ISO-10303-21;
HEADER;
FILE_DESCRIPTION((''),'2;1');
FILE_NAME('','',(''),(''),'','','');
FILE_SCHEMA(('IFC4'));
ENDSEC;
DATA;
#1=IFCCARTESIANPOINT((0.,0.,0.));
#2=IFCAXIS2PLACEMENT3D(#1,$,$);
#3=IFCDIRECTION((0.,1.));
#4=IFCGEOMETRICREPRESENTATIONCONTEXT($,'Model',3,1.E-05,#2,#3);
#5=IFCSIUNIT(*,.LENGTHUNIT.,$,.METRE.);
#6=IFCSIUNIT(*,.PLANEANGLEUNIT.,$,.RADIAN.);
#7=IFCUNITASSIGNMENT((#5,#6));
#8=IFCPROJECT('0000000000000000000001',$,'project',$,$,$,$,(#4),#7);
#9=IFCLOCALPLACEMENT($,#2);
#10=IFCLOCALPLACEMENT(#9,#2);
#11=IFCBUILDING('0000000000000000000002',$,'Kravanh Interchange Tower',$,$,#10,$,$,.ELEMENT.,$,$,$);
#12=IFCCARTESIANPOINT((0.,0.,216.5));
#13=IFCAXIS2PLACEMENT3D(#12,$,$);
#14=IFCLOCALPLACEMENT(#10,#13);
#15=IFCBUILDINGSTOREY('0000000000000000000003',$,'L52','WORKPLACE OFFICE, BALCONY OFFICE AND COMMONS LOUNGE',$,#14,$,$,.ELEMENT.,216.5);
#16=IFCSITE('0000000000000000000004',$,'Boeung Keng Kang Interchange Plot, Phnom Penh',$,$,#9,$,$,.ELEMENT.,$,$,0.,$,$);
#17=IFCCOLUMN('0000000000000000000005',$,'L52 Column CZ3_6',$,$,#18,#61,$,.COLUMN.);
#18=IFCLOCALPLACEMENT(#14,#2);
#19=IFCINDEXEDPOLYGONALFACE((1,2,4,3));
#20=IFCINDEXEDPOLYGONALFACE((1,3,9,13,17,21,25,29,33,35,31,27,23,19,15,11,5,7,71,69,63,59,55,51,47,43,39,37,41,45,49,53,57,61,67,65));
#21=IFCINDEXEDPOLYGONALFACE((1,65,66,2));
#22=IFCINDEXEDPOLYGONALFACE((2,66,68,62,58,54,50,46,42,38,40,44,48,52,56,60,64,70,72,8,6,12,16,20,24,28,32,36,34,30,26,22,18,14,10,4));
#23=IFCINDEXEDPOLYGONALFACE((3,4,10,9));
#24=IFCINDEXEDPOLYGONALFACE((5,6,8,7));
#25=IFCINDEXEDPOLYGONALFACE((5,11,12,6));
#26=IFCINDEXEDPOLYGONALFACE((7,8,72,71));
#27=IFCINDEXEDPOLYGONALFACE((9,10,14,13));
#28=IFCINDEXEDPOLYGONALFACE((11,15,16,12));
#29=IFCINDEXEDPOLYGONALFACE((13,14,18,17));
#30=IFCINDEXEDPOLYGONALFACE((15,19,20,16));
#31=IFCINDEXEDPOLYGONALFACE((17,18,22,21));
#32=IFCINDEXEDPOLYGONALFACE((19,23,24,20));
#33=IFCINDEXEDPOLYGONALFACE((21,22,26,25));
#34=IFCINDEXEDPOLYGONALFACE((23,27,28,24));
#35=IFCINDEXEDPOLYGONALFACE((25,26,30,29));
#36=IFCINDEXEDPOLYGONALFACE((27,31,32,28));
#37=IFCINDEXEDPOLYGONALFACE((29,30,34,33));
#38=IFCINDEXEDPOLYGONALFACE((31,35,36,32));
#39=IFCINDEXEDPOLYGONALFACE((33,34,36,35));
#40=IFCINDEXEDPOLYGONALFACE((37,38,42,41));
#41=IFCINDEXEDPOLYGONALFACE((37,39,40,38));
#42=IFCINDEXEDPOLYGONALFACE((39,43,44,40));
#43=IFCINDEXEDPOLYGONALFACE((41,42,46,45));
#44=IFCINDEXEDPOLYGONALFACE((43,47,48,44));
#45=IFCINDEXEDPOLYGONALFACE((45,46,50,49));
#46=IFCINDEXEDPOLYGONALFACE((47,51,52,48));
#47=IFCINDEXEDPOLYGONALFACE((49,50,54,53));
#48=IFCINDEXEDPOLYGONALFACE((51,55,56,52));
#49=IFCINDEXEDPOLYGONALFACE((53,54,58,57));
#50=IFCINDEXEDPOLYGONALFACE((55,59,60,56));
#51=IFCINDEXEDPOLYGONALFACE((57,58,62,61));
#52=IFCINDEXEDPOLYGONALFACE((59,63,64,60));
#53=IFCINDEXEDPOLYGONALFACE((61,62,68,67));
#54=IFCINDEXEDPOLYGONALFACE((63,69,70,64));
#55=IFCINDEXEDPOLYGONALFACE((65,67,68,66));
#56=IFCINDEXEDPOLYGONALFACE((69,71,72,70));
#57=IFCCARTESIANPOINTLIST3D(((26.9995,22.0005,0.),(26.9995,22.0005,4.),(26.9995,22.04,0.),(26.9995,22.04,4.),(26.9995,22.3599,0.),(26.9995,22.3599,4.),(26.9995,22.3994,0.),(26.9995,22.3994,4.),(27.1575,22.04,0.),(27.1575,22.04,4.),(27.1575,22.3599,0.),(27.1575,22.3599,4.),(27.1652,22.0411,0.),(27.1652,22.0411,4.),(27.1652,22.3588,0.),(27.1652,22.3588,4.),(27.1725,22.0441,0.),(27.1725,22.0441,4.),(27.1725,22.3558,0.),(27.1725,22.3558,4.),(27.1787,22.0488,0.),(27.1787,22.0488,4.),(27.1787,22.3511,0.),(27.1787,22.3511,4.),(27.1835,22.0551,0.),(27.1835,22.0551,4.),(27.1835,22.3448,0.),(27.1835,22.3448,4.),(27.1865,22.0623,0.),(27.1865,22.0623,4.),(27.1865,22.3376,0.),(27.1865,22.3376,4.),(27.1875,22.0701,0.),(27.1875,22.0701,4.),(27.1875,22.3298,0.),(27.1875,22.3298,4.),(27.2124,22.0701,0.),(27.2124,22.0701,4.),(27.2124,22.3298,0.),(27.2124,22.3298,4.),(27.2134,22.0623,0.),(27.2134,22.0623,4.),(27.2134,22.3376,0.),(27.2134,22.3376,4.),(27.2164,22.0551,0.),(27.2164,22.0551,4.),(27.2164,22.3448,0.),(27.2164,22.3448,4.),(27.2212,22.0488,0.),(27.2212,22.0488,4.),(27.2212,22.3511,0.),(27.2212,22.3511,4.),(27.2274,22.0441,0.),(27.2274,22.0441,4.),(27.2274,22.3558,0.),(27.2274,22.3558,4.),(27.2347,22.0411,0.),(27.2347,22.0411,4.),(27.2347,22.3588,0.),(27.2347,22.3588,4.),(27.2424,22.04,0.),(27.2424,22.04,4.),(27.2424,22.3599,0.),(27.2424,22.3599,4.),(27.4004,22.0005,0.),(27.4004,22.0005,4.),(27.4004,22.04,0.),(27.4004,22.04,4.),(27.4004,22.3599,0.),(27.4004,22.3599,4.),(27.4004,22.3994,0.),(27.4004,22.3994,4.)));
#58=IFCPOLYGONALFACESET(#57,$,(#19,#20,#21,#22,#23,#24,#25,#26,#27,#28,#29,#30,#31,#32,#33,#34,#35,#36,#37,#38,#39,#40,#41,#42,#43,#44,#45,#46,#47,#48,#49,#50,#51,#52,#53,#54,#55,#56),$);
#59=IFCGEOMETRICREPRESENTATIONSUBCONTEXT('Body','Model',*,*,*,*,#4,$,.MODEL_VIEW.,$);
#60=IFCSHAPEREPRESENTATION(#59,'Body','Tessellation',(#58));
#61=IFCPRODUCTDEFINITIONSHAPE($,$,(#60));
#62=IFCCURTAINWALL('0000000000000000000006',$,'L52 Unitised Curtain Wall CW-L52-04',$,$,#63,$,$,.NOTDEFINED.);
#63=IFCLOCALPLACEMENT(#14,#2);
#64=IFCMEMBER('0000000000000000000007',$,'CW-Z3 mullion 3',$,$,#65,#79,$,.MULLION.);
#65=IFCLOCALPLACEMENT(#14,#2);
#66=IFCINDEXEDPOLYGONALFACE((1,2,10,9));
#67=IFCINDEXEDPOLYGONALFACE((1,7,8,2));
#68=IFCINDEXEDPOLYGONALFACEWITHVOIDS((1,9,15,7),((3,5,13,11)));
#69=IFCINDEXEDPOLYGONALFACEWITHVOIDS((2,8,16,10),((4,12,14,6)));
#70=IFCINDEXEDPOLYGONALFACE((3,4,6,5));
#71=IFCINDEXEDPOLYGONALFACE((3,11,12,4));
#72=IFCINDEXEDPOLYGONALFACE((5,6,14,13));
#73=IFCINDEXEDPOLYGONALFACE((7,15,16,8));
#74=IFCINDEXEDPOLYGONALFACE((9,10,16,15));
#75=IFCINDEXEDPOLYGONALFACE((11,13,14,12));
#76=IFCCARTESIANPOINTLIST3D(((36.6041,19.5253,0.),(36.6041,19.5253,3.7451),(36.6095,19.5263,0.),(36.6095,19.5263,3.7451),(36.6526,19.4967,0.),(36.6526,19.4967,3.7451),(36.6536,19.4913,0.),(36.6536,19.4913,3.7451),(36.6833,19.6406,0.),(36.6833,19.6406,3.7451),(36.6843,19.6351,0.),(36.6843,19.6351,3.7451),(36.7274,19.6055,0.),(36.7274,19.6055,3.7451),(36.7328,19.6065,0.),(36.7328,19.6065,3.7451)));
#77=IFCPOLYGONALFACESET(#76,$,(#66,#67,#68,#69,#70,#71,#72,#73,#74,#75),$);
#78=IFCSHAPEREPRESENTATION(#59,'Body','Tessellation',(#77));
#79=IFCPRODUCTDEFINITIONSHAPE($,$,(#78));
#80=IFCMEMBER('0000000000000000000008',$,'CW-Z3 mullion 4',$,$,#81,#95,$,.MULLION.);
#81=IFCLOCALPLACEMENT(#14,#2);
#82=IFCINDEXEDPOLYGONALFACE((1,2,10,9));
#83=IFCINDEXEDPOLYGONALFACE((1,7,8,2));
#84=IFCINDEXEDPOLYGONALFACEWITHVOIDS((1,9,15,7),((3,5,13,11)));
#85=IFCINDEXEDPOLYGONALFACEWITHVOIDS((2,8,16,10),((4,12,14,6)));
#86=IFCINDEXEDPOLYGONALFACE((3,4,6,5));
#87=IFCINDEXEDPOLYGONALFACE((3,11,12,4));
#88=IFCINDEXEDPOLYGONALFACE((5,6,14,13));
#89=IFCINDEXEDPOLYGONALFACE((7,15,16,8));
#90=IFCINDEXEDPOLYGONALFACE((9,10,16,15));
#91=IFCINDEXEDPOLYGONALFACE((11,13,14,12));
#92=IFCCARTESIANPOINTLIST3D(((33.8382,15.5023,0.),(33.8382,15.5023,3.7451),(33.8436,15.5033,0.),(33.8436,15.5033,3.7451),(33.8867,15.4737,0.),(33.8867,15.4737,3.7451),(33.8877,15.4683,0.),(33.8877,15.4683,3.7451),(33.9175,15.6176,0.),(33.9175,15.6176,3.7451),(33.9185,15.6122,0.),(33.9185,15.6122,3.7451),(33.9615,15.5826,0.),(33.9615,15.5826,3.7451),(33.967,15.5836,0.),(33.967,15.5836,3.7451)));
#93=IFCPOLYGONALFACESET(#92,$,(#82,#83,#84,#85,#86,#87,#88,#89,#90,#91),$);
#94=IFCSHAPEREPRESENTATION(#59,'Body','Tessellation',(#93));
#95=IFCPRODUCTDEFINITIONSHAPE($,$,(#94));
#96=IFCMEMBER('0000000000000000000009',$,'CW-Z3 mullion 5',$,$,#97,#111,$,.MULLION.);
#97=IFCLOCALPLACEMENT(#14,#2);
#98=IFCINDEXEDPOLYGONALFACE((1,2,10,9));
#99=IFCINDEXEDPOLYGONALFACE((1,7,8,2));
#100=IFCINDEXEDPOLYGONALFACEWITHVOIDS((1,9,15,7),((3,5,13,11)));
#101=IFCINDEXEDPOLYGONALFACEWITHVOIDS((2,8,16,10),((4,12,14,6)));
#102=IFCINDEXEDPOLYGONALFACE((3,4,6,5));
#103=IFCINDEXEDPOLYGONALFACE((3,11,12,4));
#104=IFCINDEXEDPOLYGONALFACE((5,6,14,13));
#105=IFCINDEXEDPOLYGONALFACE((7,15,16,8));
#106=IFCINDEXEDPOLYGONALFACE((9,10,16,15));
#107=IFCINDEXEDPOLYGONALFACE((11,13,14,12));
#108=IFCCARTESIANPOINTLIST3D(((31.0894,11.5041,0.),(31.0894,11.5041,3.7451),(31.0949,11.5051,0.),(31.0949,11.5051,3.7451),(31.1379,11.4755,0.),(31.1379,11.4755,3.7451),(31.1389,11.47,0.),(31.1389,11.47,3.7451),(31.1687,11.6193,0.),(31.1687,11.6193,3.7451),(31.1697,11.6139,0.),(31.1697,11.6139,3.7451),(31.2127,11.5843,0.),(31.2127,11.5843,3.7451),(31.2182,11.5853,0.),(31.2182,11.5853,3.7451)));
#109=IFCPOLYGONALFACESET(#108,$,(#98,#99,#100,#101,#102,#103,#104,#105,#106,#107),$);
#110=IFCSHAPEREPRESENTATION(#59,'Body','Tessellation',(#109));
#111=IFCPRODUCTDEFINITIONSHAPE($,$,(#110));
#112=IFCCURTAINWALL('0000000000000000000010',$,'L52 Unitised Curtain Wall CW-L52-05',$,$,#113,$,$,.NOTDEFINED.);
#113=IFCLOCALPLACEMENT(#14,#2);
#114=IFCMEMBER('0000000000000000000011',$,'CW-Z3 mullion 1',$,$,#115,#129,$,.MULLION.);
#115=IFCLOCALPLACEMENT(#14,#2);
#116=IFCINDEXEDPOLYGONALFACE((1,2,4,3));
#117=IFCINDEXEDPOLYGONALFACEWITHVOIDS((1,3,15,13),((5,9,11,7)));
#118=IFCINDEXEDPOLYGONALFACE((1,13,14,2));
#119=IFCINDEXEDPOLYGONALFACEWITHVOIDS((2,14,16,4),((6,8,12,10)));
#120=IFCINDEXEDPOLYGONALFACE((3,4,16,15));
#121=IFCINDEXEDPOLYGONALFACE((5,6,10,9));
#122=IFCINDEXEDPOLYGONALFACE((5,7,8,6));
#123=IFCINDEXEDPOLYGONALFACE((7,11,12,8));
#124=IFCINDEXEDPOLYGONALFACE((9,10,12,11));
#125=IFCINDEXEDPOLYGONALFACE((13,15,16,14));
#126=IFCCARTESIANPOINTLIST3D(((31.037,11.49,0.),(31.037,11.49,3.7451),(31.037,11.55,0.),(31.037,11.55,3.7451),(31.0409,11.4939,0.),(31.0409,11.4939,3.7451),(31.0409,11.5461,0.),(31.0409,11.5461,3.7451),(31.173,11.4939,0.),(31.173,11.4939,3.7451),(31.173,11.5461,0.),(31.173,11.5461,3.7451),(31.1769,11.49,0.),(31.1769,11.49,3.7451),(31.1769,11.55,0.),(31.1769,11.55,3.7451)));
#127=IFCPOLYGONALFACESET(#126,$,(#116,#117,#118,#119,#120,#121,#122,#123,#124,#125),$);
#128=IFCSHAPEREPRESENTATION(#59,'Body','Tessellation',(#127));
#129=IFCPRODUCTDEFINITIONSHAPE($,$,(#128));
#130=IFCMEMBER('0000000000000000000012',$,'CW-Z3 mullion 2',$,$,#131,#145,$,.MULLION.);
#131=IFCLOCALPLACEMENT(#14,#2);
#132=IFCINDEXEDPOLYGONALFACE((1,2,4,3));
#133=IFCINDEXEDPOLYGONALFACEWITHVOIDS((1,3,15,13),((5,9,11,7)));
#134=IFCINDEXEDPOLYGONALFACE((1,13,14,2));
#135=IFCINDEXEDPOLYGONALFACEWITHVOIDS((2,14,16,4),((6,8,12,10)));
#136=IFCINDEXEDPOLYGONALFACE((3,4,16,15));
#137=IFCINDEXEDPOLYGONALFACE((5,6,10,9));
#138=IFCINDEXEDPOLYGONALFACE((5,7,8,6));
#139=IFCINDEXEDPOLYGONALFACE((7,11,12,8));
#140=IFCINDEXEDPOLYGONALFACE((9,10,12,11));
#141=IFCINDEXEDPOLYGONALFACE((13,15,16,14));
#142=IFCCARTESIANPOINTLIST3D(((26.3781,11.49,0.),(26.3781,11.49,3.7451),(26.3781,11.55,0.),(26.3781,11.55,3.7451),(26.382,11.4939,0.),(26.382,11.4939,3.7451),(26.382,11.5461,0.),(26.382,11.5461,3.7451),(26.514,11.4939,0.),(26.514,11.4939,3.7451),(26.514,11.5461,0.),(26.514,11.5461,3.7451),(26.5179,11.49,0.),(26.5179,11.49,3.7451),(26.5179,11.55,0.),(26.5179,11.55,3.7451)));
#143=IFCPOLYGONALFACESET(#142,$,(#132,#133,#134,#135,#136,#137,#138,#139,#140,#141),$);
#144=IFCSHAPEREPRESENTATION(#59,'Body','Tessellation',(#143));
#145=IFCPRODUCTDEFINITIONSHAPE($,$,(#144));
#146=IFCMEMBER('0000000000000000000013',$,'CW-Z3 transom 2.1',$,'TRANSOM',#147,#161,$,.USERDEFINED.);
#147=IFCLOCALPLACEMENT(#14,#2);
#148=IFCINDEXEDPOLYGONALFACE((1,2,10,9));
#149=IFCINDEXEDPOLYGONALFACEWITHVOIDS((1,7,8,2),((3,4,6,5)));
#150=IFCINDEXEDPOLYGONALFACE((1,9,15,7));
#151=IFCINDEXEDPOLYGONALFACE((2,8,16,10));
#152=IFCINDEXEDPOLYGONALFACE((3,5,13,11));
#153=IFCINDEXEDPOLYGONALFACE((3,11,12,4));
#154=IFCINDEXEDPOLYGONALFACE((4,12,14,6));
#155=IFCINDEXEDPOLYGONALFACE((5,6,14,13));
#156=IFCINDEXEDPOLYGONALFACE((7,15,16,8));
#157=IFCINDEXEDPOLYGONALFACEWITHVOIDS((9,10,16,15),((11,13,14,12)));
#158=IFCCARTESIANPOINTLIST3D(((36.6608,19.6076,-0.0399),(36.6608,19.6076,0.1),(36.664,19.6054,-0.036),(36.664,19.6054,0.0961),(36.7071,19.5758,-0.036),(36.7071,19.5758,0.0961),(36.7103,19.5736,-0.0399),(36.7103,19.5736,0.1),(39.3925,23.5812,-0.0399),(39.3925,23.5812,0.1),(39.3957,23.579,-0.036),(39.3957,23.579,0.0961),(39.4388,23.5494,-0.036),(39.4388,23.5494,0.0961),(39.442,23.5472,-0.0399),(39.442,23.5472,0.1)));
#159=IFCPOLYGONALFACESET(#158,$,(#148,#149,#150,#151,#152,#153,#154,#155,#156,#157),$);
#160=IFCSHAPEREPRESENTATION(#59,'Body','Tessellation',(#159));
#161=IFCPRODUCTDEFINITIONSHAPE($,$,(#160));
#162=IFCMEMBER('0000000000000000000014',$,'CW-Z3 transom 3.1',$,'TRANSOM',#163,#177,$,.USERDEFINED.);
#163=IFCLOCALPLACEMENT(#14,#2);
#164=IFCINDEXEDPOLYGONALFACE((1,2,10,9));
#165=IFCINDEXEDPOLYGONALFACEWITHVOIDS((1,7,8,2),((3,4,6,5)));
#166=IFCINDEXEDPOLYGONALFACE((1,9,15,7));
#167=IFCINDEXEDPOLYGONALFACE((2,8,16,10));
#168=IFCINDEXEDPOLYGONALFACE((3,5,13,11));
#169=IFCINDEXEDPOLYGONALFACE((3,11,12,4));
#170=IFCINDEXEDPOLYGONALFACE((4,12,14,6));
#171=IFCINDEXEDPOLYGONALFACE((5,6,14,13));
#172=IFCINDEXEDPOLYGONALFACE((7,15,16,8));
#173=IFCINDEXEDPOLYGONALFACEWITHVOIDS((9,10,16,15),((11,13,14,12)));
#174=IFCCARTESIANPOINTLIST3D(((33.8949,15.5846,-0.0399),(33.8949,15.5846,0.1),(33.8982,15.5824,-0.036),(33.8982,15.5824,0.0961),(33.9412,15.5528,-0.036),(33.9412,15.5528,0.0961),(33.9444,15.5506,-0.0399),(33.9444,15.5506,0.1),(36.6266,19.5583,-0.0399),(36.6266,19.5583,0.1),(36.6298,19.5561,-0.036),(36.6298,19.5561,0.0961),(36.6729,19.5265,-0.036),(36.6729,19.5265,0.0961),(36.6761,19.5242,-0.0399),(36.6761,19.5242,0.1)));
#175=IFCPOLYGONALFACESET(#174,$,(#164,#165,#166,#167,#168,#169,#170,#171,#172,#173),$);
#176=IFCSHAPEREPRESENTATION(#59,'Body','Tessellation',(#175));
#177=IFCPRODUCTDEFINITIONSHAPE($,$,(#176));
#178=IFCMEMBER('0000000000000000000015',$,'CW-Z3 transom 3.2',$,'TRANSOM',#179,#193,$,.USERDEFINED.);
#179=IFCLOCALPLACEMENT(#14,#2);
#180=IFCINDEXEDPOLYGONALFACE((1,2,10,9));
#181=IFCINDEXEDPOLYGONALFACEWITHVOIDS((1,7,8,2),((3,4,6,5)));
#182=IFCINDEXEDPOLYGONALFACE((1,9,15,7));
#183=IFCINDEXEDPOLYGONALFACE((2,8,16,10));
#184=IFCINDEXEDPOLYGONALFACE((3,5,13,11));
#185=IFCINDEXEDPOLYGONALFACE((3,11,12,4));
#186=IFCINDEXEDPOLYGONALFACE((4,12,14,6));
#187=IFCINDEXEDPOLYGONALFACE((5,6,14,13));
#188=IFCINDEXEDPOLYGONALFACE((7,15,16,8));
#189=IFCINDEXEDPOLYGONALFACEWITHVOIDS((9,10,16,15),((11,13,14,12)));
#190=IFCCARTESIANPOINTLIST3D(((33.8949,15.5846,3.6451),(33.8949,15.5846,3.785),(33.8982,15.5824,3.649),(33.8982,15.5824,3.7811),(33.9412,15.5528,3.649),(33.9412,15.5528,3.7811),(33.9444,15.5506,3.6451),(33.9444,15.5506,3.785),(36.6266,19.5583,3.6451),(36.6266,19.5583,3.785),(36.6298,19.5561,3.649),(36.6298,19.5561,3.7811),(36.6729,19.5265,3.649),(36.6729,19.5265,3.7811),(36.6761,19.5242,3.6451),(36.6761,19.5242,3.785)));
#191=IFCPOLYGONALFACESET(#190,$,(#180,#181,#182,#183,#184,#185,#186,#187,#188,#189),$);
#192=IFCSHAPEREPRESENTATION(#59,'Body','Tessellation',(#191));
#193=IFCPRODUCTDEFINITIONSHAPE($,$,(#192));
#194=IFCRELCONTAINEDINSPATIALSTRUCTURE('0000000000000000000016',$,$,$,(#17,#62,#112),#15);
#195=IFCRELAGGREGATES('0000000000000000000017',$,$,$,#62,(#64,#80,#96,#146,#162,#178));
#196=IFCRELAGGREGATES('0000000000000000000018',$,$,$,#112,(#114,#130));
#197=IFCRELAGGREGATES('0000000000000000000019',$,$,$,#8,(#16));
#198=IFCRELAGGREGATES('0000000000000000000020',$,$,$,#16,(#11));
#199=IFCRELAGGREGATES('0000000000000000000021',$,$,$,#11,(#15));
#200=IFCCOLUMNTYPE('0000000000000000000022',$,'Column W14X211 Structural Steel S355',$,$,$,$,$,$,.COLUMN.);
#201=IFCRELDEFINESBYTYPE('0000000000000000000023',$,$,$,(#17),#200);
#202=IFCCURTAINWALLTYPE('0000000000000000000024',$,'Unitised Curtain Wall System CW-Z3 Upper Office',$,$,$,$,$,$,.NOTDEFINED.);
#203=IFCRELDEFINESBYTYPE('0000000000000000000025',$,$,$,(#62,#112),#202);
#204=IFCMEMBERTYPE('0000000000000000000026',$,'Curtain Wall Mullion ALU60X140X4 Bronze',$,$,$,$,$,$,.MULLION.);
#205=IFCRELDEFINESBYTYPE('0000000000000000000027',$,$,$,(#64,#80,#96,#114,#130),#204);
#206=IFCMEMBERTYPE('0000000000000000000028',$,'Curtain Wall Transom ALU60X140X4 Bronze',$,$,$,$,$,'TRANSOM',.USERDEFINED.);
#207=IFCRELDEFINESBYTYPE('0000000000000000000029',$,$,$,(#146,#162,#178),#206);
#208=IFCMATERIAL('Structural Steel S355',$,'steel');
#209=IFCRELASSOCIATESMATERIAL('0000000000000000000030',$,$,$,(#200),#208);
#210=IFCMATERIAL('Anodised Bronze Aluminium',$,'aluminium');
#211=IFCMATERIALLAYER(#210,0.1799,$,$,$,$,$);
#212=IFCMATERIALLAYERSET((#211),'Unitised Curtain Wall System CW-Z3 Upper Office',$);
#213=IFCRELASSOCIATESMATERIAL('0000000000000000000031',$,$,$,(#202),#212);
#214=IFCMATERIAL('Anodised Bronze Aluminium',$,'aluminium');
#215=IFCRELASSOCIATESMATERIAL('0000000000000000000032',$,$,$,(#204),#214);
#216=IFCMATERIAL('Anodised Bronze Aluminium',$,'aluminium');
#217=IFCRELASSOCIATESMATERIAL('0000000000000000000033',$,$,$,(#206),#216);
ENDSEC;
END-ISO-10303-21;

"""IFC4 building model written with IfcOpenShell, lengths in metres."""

from ifc_helpers import new_model, si_unit, direction, frame, origin, origin_2d, place, context, subcontext, project, spatial, hollow_rectangle, i_section, extrude, material, layer, layer_set, material_profile, profile_set, type_object, element, aggregate, save


model = new_model("IFC4")

# Units and contexts
model_context = context("Model", 3, precision=1e-05, world=origin(), true_north=direction((0.0, 1.0)))
body_context = subcontext(model_context, "Body", "Model", "MODEL_VIEW")
ifc_project = project(units=[si_unit("LENGTHUNIT", "METRE"), si_unit("PLANEANGLEUNIT", "RADIAN")], contexts=[model_context])

# Site, building, storey
site_placement = place(None, origin())
site = spatial("IfcSite", under=ifc_project, at=site_placement, Name="Boeung Keng Kang Interchange Plot, Phnom Penh", CompositionType="ELEMENT", RefElevation=0.0)
building_placement = place(site_placement, origin())
building = spatial("IfcBuilding", under=site, at=building_placement, Name="Kravanh Interchange Tower", CompositionType="ELEMENT")
storey_placement = place(building_placement, frame((0.0, 0.0, 216.5)))
storey = spatial("IfcBuildingStorey", under=building, at=storey_placement, Name="L52", Description="WORKPLACE OFFICE, BALCONY OFFICE AND COMMONS LOUNGE", CompositionType="ELEMENT", Elevation=216.5)

# Column
ifc_material_1 = material(Name="Structural Steel S355", Category="steel")
ifc_material_profile_1 = material_profile(ifc_material_1, i_section(OverallWidth=0.4009, OverallDepth=0.3989, WebThickness=0.0249, FlangeThickness=0.0396, FilletRadius=0.03, at=origin_2d()), Name="W14X211")
ifc_profile_set_1 = profile_set([ifc_material_profile_1], Name="Structural Steel S355")
column_type = type_object("IfcColumnType", Name="Column W14X211 Structural Steel S355", PredefinedType="COLUMN", material=ifc_profile_set_1)
for number, where, z_axis, x_axis, name in (
    (1, (27.2, 22.2, 0.0), (0.0, 0.0, 1.0), (1.0, 0.0, 0.0), "L52 Column CZ3_6"),
):
    element("IfcColumn", number, at=place(storey_placement, frame(where, z_axis=z_axis, x_axis=x_axis)), inside=storey, type_object=column_type, Name=name, PredefinedType="COLUMN", context=body_context, shape_type="SweptSolid", body=[
        extrude(i_section(OverallWidth=0.4009, OverallDepth=0.3989, WebThickness=0.0249, FlangeThickness=0.0396, FilletRadius=0.03, at=origin_2d()), origin(), (0.0, 0.0, 1.0), 4.0),
    ])

# Curtain walls, members
ifc_material_2 = material(Name="Anodised Bronze Aluminium", Category="aluminium")
ifc_layer_1 = layer(ifc_material_2, 0.1799)
ifc_layer_set_1 = layer_set([ifc_layer_1], Name="Unitised Curtain Wall System CW-Z3 Upper Office")
curtain_wall_type = type_object("IfcCurtainWallType", Name="Unitised Curtain Wall System CW-Z3 Upper Office", PredefinedType="NOTDEFINED", material=ifc_layer_set_1)
curtain_wall_1_placement = place(storey_placement, origin())
curtain_wall_1 = element("IfcCurtainWall", 2, at=curtain_wall_1_placement, inside=storey, type_object=curtain_wall_type, Name="L52 Unitised Curtain Wall CW-L52-04", PredefinedType="NOTDEFINED")
ifc_material_3 = material(Name="Anodised Bronze Aluminium", Category="aluminium")
ifc_material_profile_2 = material_profile(ifc_material_3, hollow_rectangle(XDim=0.0601, YDim=0.1399, WallThickness=0.0039, at=origin_2d()), Name="ALU60X140X4")
ifc_profile_set_2 = profile_set([ifc_material_profile_2], Name="Anodised Bronze Aluminium")
member_type_1 = type_object("IfcMemberType", Name="Curtain Wall Mullion ALU60X140X4 Bronze", PredefinedType="MULLION", material=ifc_profile_set_2)
member_1_placement = place(storey_placement, frame((36.6685, 19.5659, 0.0), z_axis=(0.0, 0.0, 1.0), x_axis=(0.824042, -0.566528, 0.0)))
member_1 = element("IfcMember", 3, at=member_1_placement, type_object=member_type_1, Name="CW-Z3 mullion 3", PredefinedType="MULLION", context=body_context, shape_type="SweptSolid", body=[
    extrude(hollow_rectangle(XDim=0.0601, YDim=0.1399, WallThickness=0.0039, at=origin_2d()), origin(), (0.0, 0.0, 1.0), 3.7451),
])
member_2_placement = place(storey_placement, frame((33.9026, 15.543, 0.0), z_axis=(0.0, 0.0, 1.0), x_axis=(0.824042, -0.566528, 0.0)))
member_2 = element("IfcMember", 4, at=member_2_placement, type_object=member_type_1, Name="CW-Z3 mullion 4", PredefinedType="MULLION", context=body_context, shape_type="SweptSolid", body=[
    extrude(hollow_rectangle(XDim=0.0601, YDim=0.1399, WallThickness=0.0039, at=origin_2d()), origin(), (0.0, 0.0, 1.0), 3.7451),
])
member_3_placement = place(storey_placement, frame((31.1538, 11.5447, 0.0), z_axis=(0.0, 0.0, 1.0), x_axis=(0.824042, -0.566528, 0.0)))
member_3 = element("IfcMember", 5, at=member_3_placement, type_object=member_type_1, Name="CW-Z3 mullion 5", PredefinedType="MULLION", context=body_context, shape_type="SweptSolid", body=[
    extrude(hollow_rectangle(XDim=0.0601, YDim=0.1399, WallThickness=0.0039, at=origin_2d()), origin(), (0.0, 0.0, 1.0), 3.7451),
])
curtain_wall_2_placement = place(storey_placement, origin())
curtain_wall_2 = element("IfcCurtainWall", 6, at=curtain_wall_2_placement, inside=storey, type_object=curtain_wall_type, Name="L52 Unitised Curtain Wall CW-L52-05", PredefinedType="NOTDEFINED")
member_4_placement = place(storey_placement, frame((31.1069, 11.52, 0.0), z_axis=(0.0, 0.0, 1.0), x_axis=(0.0, -1.0, 0.0)))
member_4 = element("IfcMember", 7, at=member_4_placement, type_object=member_type_1, Name="CW-Z3 mullion 1", PredefinedType="MULLION", context=body_context, shape_type="SweptSolid", body=[
    extrude(hollow_rectangle(XDim=0.0601, YDim=0.1399, WallThickness=0.0039, at=origin_2d()), origin(), (0.0, 0.0, 1.0), 3.7451),
])
member_5_placement = place(storey_placement, frame((26.448, 11.52, 0.0), z_axis=(0.0, 0.0, 1.0), x_axis=(0.0, -1.0, 0.0)))
member_5 = element("IfcMember", 8, at=member_5_placement, type_object=member_type_1, Name="CW-Z3 mullion 2", PredefinedType="MULLION", context=body_context, shape_type="SweptSolid", body=[
    extrude(hollow_rectangle(XDim=0.0601, YDim=0.1399, WallThickness=0.0039, at=origin_2d()), origin(), (0.0, 0.0, 1.0), 3.7451),
])

# Members
ifc_material_4 = material(Name="Anodised Bronze Aluminium", Category="aluminium")
ifc_material_profile_3 = material_profile(ifc_material_4, hollow_rectangle(XDim=0.0601, YDim=0.1399, WallThickness=0.0039, at=origin_2d()), Name="ALU60X140X4")
ifc_profile_set_3 = profile_set([ifc_material_profile_3], Name="Anodised Bronze Aluminium")
member_type_2 = type_object("IfcMemberType", Name="Curtain Wall Transom ALU60X140X4 Bronze", ElementType="TRANSOM", PredefinedType="USERDEFINED", material=ifc_profile_set_3)
member_6_placement = place(storey_placement, frame((39.4172, 23.5642, 0.03), z_axis=(-0.566503, -0.82406, 0.0), x_axis=(0.82406, -0.566503, 0.0)))
member_6 = element("IfcMember", 9, at=member_6_placement, type_object=member_type_2, Name="CW-Z3 transom 2.1", ObjectType="TRANSOM", PredefinedType="USERDEFINED", context=body_context, shape_type="SweptSolid", body=[
    extrude(hollow_rectangle(XDim=0.0601, YDim=0.1399, WallThickness=0.0039, at=origin_2d()), origin(), (0.0, 0.0, 1.0), 4.822),
])
member_7_placement = place(storey_placement, frame((36.6514, 19.5413, 0.03), z_axis=(-0.566503, -0.82406, 0.0), x_axis=(0.82406, -0.566503, 0.0)))
member_7 = element("IfcMember", 10, at=member_7_placement, type_object=member_type_2, Name="CW-Z3 transom 3.1", ObjectType="TRANSOM", PredefinedType="USERDEFINED", context=body_context, shape_type="SweptSolid", body=[
    extrude(hollow_rectangle(XDim=0.0601, YDim=0.1399, WallThickness=0.0039, at=origin_2d()), origin(), (0.0, 0.0, 1.0), 4.822),
])
member_8_placement = place(storey_placement, frame((36.6514, 19.5413, 3.7151), z_axis=(-0.566503, -0.82406, 0.0), x_axis=(0.82406, -0.566503, 0.0)))
member_8 = element("IfcMember", 11, at=member_8_placement, type_object=member_type_2, Name="CW-Z3 transom 3.2", ObjectType="TRANSOM", PredefinedType="USERDEFINED", context=body_context, shape_type="SweptSolid", body=[
    extrude(hollow_rectangle(XDim=0.0601, YDim=0.1399, WallThickness=0.0039, at=origin_2d()), origin(), (0.0, 0.0, 1.0), 4.822),
])

aggregate(curtain_wall_1, [member_1, member_2, member_3, member_6, member_7, member_8])
aggregate(curtain_wall_2, [member_4, member_5])

save(model, "model.ifc")
